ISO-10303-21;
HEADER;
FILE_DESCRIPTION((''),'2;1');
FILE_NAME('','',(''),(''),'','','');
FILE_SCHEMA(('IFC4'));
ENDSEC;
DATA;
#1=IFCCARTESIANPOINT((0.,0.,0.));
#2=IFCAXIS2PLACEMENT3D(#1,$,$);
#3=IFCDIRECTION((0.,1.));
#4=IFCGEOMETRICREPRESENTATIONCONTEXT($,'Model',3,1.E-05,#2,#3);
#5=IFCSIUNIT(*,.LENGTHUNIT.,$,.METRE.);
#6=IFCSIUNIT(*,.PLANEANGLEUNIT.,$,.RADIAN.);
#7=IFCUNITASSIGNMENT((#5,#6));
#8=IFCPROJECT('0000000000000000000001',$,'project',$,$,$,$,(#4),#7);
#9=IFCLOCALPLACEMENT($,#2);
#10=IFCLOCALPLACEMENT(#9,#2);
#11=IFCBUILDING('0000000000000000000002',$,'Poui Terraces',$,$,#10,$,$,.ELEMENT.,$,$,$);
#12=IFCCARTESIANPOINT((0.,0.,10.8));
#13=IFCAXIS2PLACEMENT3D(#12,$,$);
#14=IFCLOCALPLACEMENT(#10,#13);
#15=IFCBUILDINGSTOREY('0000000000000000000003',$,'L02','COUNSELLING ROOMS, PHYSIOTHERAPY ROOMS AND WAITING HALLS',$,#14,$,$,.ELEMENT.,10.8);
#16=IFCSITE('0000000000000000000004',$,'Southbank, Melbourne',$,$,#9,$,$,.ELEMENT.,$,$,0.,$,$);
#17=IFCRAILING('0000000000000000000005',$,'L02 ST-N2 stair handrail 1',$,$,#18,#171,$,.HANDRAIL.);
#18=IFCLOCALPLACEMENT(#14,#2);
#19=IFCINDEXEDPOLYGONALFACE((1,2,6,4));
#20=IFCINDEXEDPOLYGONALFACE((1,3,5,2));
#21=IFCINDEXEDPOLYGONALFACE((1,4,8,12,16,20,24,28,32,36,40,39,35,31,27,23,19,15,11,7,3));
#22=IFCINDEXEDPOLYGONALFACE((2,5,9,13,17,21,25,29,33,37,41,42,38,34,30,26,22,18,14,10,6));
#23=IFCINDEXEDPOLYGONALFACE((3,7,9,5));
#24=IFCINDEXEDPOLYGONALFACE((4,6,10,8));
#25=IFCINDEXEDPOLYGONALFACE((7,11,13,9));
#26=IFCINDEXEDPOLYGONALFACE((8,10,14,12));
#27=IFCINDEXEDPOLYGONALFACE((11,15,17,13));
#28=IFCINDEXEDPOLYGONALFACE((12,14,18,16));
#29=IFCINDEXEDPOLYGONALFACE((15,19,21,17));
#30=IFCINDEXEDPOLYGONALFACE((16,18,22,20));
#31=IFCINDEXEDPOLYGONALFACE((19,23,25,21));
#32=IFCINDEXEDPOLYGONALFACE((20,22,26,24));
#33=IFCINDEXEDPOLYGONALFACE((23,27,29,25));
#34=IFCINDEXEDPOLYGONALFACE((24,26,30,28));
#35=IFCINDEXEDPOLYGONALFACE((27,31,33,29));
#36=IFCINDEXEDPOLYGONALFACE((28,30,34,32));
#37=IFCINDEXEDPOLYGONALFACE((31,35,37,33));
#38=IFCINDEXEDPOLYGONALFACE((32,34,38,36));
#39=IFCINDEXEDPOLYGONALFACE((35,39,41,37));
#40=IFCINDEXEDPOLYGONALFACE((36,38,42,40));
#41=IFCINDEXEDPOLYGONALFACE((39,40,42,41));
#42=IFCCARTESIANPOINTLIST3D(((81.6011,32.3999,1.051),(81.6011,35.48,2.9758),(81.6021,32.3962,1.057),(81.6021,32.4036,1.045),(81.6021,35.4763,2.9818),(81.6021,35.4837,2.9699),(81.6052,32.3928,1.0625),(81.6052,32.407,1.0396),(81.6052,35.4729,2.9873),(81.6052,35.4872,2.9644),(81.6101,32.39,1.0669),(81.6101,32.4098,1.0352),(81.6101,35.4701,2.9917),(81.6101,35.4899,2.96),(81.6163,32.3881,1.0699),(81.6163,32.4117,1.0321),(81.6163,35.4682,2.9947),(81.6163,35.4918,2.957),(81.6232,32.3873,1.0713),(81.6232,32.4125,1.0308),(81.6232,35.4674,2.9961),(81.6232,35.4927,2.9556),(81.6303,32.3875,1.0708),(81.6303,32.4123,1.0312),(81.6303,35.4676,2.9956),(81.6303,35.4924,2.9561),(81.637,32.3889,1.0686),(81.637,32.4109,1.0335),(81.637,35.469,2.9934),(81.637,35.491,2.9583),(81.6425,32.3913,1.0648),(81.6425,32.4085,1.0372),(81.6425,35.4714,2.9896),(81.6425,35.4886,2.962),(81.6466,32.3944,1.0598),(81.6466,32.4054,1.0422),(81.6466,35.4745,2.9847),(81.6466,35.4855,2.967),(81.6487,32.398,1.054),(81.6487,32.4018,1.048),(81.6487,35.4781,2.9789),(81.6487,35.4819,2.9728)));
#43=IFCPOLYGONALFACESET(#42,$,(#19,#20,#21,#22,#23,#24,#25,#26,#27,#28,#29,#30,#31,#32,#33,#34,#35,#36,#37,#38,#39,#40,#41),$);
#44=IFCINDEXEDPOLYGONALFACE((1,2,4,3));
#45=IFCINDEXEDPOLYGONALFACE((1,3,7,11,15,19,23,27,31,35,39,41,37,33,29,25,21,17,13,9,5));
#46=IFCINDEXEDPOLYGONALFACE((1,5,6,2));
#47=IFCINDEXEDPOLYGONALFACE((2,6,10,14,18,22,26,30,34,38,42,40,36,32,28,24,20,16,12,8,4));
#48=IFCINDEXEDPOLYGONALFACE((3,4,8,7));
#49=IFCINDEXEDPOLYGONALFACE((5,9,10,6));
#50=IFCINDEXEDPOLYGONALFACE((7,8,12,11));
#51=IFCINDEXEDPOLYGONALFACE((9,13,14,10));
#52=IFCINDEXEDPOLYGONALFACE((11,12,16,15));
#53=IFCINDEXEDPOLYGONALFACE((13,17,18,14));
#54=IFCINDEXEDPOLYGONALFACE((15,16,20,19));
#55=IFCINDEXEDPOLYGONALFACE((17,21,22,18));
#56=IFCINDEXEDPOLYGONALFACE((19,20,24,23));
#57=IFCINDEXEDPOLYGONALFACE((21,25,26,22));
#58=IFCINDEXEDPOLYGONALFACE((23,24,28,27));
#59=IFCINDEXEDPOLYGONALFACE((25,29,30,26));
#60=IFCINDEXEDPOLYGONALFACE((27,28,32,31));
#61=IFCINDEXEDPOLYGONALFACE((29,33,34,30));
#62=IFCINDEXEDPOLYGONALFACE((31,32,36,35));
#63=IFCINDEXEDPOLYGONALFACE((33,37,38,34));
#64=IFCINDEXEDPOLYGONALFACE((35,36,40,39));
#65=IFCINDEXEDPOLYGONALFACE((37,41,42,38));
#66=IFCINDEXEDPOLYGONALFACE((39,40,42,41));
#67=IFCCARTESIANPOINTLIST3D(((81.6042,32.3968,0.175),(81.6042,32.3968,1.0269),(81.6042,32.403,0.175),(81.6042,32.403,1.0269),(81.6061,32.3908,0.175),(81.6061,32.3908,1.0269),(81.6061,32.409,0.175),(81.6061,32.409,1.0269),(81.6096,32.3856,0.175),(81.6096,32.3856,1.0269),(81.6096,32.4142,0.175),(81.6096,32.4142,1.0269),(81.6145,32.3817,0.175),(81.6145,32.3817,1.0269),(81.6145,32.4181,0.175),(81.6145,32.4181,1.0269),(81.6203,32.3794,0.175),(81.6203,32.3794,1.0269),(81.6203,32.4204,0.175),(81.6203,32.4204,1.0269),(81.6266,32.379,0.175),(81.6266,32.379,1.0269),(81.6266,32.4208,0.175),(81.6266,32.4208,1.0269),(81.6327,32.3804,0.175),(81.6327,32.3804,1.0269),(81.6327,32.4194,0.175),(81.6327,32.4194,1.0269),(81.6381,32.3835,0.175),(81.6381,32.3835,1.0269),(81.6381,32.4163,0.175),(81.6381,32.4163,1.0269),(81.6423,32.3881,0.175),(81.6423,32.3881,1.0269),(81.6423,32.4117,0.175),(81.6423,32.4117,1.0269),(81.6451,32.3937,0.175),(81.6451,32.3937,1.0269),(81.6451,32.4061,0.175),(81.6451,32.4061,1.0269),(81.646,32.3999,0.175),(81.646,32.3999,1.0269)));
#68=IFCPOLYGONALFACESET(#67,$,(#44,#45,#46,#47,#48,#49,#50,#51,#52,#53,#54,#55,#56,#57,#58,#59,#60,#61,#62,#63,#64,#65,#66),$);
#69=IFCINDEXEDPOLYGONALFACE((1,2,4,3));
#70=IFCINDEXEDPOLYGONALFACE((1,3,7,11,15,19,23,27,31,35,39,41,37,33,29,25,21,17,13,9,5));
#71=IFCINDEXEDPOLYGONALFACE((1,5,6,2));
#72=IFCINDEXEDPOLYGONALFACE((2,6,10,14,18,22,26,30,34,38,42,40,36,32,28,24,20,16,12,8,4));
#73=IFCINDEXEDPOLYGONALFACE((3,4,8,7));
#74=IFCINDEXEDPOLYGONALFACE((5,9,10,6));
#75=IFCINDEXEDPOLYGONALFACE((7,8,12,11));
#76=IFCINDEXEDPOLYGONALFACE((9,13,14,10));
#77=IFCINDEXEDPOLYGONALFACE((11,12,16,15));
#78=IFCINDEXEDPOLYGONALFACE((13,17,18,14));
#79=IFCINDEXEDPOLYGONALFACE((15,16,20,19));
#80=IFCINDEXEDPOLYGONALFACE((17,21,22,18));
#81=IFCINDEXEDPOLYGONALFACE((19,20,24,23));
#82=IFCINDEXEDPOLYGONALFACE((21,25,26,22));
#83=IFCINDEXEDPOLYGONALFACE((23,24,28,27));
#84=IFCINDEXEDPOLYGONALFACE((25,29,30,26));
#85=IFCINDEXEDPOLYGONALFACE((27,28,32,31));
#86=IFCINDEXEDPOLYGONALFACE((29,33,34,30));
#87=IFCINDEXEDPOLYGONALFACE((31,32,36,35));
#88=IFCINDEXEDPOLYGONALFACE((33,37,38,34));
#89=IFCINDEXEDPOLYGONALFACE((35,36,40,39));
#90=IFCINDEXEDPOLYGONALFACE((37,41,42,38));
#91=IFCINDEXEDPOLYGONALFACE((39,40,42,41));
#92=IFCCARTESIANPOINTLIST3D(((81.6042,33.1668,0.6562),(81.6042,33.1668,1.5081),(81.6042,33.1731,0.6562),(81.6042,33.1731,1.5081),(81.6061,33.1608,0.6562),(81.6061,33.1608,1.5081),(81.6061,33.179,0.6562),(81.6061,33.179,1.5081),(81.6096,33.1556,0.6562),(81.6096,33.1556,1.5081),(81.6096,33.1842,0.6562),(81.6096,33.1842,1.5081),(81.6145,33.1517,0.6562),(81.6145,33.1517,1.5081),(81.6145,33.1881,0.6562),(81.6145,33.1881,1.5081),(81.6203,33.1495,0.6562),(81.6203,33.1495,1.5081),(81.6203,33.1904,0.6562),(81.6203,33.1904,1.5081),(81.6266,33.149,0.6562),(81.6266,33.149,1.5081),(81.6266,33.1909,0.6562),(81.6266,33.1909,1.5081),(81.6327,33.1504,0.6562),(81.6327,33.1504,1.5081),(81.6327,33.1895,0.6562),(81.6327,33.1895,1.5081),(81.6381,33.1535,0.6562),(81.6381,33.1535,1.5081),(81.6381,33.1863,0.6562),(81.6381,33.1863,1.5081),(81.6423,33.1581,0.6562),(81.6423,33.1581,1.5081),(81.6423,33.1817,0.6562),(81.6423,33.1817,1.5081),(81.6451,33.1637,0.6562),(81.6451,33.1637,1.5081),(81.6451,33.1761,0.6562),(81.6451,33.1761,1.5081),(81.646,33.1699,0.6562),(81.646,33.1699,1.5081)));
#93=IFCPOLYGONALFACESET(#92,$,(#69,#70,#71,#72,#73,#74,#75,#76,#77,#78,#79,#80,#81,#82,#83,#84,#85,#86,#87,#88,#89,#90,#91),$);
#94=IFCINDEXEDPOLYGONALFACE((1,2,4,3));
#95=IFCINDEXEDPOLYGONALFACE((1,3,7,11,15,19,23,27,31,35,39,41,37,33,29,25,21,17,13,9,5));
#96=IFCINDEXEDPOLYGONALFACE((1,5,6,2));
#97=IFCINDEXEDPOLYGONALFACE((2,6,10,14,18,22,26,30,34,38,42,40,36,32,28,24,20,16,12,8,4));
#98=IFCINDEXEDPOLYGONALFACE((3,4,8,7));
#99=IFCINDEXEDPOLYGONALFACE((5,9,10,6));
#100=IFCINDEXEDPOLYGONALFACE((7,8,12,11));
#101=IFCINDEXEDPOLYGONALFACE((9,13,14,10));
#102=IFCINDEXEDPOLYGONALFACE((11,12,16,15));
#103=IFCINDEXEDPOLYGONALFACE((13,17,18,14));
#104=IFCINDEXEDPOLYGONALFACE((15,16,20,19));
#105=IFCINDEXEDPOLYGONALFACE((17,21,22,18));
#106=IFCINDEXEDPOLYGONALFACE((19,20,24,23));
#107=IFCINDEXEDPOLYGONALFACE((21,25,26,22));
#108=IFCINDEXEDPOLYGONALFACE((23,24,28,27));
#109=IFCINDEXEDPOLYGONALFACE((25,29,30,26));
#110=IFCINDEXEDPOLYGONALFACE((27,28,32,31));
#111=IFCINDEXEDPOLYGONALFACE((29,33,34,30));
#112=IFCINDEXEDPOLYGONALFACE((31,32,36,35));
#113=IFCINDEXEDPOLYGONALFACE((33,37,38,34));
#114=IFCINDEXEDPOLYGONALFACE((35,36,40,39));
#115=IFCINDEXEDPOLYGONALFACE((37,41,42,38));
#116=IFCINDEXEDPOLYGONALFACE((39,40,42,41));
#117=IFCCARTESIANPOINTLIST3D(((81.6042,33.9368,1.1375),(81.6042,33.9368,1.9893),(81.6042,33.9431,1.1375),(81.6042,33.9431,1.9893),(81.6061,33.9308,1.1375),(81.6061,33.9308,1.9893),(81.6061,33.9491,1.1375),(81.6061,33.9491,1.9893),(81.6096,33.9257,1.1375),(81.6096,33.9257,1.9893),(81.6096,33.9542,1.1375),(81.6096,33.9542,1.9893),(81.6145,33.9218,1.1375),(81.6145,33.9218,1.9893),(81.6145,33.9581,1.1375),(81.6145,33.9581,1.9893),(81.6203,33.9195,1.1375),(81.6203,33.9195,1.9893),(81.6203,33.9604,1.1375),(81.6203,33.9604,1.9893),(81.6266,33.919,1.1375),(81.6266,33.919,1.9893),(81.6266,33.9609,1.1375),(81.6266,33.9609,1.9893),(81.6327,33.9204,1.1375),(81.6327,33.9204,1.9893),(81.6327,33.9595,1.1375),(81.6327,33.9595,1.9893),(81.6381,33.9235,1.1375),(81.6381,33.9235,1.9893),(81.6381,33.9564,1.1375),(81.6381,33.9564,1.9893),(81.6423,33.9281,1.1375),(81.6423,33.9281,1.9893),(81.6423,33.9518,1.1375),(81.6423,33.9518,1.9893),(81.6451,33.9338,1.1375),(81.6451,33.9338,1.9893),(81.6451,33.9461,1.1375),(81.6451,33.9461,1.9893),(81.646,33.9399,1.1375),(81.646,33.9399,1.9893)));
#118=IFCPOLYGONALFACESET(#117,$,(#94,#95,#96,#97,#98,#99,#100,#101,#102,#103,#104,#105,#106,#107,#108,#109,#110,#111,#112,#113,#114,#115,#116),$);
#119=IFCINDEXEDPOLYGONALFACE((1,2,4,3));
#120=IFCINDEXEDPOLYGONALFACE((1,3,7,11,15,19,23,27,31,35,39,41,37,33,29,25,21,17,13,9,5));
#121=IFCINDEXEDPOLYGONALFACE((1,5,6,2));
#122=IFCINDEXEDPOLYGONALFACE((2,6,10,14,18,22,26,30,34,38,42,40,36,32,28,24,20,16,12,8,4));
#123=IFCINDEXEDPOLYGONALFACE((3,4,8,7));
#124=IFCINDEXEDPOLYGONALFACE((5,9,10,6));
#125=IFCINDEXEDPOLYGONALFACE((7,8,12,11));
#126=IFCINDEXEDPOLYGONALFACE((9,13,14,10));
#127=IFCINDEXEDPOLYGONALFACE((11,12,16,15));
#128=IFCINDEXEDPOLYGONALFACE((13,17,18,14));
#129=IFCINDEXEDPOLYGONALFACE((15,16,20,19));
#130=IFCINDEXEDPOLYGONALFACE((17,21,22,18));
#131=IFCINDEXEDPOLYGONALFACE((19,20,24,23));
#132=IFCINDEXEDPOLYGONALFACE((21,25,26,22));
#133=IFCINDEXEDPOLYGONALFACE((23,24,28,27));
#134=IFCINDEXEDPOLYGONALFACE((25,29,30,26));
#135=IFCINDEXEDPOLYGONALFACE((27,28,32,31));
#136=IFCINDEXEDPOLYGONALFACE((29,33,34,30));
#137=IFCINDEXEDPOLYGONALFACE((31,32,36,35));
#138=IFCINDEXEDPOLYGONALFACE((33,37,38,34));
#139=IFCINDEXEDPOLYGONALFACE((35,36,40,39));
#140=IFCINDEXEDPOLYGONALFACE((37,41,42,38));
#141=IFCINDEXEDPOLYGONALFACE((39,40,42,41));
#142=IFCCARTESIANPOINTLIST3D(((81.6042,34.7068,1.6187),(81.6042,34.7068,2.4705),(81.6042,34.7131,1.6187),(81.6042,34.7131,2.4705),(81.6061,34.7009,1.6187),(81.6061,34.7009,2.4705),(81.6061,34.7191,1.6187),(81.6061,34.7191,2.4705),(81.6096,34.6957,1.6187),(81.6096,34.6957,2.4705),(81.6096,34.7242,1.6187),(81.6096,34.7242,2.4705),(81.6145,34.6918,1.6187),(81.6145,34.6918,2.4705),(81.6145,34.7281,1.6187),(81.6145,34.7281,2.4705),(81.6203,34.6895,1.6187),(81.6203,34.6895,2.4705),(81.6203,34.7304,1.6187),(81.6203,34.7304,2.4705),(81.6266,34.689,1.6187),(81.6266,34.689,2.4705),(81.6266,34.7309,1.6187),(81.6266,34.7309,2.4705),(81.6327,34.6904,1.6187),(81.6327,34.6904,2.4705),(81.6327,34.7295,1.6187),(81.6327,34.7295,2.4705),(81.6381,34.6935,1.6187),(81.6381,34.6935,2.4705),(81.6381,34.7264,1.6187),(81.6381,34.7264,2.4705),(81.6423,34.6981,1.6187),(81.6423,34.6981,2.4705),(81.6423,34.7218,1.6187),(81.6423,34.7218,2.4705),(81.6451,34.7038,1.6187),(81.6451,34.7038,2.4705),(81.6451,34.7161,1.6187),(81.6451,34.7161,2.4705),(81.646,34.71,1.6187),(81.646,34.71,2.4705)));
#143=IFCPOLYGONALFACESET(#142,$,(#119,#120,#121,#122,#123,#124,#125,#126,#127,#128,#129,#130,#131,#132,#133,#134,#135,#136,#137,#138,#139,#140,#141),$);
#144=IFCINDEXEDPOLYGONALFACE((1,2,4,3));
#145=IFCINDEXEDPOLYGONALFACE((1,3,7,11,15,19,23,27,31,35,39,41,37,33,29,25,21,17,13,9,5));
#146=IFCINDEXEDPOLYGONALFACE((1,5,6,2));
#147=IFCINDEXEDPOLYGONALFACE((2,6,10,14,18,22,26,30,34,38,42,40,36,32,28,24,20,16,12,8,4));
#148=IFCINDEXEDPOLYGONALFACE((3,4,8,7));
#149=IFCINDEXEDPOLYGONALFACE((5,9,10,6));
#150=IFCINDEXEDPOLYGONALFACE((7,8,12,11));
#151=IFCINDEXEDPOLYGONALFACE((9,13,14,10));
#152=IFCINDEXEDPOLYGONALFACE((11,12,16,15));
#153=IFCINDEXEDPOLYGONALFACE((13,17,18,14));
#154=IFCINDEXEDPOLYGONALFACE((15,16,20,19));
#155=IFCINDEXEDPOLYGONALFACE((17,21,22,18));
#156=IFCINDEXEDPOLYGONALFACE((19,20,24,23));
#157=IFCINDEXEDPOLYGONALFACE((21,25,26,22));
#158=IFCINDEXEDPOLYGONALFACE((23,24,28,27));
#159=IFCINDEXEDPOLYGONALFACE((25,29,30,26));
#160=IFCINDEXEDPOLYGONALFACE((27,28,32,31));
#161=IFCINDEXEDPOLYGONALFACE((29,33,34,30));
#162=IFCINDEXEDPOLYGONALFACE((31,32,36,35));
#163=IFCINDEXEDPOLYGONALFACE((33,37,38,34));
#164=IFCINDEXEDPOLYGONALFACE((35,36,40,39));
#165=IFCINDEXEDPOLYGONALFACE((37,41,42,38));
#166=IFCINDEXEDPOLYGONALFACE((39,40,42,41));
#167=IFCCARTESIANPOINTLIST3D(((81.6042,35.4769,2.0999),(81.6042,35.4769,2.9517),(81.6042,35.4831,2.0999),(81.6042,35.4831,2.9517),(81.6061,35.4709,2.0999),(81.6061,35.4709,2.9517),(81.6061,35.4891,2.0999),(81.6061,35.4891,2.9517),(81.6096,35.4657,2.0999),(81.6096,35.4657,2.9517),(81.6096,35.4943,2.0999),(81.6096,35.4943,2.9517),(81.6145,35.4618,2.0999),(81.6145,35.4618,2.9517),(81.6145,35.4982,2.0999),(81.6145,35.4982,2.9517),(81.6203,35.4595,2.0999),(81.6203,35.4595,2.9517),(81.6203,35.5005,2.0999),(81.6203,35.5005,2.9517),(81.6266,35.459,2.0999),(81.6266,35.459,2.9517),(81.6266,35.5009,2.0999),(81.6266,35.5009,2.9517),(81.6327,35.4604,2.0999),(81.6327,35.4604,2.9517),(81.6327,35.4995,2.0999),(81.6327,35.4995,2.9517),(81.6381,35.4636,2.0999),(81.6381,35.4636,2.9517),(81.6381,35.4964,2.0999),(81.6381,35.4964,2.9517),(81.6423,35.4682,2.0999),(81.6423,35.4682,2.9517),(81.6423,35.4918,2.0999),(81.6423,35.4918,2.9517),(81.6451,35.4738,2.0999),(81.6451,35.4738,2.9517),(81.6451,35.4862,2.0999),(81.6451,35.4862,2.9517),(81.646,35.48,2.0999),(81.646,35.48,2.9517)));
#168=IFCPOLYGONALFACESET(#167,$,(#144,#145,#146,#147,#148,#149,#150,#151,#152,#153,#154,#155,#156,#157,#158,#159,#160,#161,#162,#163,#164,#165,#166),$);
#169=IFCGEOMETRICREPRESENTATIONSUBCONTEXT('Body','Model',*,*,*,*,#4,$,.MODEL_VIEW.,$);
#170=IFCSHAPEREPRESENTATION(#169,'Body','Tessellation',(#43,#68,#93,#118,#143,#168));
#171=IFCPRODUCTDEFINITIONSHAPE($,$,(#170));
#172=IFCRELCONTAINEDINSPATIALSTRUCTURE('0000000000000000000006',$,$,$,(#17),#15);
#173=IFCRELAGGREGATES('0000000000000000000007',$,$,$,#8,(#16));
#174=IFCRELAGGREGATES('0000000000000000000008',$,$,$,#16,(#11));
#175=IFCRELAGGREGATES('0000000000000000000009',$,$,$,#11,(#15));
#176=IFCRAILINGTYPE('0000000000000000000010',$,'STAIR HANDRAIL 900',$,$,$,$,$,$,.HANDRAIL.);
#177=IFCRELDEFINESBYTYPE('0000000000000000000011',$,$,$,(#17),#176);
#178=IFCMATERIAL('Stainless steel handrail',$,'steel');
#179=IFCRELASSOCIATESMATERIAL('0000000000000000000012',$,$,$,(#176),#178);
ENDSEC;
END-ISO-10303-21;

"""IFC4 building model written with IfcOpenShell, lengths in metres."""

from ifc_helpers import new_model, si_unit, direction, frame, origin, origin_2d, place, context, subcontext, project, spatial, circle, extrude, material, type_object, element, save


model = new_model("IFC4")

# Units and contexts
model_context = context("Model", 3, precision=1e-05, world=origin(), true_north=direction((0.0, 1.0)))
body_context = subcontext(model_context, "Body", "Model", "MODEL_VIEW")
ifc_project = project(units=[si_unit("LENGTHUNIT", "METRE"), si_unit("PLANEANGLEUNIT", "RADIAN")], contexts=[model_context])

# Site, building, storey
site_placement = place(None, origin())
site = spatial("IfcSite", under=ifc_project, at=site_placement, Name="Southbank, Melbourne", CompositionType="ELEMENT", RefElevation=0.0)
building_placement = place(site_placement, origin())
building = spatial("IfcBuilding", under=site, at=building_placement, Name="Poui Terraces", CompositionType="ELEMENT")
storey_placement = place(building_placement, frame((0.0, 0.0, 10.8)))
storey = spatial("IfcBuildingStorey", under=building, at=storey_placement, Name="L02", Description="COUNSELLING ROOMS, PHYSIOTHERAPY ROOMS AND WAITING HALLS", CompositionType="ELEMENT", Elevation=10.8)

# Railing
ifc_material_1 = material(Name="Stainless steel handrail", Category="steel")
railing_type_1 = type_object("IfcRailingType", Name="STAIR HANDRAIL 900", PredefinedType="HANDRAIL", material=ifc_material_1)
railing_1_placement = place(storey_placement, frame((81.625, 32.3999, 0.175)))
element("IfcRailing", 1, at=railing_1_placement, inside=storey, type_object=railing_type_1, Name="L02 ST-N2 stair handrail 1", PredefinedType="HANDRAIL", context=body_context, shape_type="SweptSolid", body=[
    extrude(circle(Radius=0.0239, at=origin_2d()), frame((0.0, 0.0, 0.876), z_axis=(0.0, 0.848029, 0.529951), x_axis=(-1.0, 0.0, 0.0)), (0.0, 0.0, 1.0), 3.6321),
    extrude(circle(Radius=0.021, at=origin_2d()), origin(), (0.0, 0.0, 1.0), 0.8518),
    extrude(circle(Radius=0.021, at=origin_2d()), frame((0.0, 0.77, 0.4812)), (0.0, 0.0, 1.0), 0.8518),
    extrude(circle(Radius=0.021, at=origin_2d()), frame((0.0, 1.54, 0.9624)), (0.0, 0.0, 1.0), 0.8518),
    extrude(circle(Radius=0.021, at=origin_2d()), frame((0.0, 2.3101, 1.4436)), (0.0, 0.0, 1.0), 0.8518),
    extrude(circle(Radius=0.021, at=origin_2d()), frame((0.0, 3.0801, 1.9248)), (0.0, 0.0, 1.0), 0.8518),
])

save(model, "model.ifc")
